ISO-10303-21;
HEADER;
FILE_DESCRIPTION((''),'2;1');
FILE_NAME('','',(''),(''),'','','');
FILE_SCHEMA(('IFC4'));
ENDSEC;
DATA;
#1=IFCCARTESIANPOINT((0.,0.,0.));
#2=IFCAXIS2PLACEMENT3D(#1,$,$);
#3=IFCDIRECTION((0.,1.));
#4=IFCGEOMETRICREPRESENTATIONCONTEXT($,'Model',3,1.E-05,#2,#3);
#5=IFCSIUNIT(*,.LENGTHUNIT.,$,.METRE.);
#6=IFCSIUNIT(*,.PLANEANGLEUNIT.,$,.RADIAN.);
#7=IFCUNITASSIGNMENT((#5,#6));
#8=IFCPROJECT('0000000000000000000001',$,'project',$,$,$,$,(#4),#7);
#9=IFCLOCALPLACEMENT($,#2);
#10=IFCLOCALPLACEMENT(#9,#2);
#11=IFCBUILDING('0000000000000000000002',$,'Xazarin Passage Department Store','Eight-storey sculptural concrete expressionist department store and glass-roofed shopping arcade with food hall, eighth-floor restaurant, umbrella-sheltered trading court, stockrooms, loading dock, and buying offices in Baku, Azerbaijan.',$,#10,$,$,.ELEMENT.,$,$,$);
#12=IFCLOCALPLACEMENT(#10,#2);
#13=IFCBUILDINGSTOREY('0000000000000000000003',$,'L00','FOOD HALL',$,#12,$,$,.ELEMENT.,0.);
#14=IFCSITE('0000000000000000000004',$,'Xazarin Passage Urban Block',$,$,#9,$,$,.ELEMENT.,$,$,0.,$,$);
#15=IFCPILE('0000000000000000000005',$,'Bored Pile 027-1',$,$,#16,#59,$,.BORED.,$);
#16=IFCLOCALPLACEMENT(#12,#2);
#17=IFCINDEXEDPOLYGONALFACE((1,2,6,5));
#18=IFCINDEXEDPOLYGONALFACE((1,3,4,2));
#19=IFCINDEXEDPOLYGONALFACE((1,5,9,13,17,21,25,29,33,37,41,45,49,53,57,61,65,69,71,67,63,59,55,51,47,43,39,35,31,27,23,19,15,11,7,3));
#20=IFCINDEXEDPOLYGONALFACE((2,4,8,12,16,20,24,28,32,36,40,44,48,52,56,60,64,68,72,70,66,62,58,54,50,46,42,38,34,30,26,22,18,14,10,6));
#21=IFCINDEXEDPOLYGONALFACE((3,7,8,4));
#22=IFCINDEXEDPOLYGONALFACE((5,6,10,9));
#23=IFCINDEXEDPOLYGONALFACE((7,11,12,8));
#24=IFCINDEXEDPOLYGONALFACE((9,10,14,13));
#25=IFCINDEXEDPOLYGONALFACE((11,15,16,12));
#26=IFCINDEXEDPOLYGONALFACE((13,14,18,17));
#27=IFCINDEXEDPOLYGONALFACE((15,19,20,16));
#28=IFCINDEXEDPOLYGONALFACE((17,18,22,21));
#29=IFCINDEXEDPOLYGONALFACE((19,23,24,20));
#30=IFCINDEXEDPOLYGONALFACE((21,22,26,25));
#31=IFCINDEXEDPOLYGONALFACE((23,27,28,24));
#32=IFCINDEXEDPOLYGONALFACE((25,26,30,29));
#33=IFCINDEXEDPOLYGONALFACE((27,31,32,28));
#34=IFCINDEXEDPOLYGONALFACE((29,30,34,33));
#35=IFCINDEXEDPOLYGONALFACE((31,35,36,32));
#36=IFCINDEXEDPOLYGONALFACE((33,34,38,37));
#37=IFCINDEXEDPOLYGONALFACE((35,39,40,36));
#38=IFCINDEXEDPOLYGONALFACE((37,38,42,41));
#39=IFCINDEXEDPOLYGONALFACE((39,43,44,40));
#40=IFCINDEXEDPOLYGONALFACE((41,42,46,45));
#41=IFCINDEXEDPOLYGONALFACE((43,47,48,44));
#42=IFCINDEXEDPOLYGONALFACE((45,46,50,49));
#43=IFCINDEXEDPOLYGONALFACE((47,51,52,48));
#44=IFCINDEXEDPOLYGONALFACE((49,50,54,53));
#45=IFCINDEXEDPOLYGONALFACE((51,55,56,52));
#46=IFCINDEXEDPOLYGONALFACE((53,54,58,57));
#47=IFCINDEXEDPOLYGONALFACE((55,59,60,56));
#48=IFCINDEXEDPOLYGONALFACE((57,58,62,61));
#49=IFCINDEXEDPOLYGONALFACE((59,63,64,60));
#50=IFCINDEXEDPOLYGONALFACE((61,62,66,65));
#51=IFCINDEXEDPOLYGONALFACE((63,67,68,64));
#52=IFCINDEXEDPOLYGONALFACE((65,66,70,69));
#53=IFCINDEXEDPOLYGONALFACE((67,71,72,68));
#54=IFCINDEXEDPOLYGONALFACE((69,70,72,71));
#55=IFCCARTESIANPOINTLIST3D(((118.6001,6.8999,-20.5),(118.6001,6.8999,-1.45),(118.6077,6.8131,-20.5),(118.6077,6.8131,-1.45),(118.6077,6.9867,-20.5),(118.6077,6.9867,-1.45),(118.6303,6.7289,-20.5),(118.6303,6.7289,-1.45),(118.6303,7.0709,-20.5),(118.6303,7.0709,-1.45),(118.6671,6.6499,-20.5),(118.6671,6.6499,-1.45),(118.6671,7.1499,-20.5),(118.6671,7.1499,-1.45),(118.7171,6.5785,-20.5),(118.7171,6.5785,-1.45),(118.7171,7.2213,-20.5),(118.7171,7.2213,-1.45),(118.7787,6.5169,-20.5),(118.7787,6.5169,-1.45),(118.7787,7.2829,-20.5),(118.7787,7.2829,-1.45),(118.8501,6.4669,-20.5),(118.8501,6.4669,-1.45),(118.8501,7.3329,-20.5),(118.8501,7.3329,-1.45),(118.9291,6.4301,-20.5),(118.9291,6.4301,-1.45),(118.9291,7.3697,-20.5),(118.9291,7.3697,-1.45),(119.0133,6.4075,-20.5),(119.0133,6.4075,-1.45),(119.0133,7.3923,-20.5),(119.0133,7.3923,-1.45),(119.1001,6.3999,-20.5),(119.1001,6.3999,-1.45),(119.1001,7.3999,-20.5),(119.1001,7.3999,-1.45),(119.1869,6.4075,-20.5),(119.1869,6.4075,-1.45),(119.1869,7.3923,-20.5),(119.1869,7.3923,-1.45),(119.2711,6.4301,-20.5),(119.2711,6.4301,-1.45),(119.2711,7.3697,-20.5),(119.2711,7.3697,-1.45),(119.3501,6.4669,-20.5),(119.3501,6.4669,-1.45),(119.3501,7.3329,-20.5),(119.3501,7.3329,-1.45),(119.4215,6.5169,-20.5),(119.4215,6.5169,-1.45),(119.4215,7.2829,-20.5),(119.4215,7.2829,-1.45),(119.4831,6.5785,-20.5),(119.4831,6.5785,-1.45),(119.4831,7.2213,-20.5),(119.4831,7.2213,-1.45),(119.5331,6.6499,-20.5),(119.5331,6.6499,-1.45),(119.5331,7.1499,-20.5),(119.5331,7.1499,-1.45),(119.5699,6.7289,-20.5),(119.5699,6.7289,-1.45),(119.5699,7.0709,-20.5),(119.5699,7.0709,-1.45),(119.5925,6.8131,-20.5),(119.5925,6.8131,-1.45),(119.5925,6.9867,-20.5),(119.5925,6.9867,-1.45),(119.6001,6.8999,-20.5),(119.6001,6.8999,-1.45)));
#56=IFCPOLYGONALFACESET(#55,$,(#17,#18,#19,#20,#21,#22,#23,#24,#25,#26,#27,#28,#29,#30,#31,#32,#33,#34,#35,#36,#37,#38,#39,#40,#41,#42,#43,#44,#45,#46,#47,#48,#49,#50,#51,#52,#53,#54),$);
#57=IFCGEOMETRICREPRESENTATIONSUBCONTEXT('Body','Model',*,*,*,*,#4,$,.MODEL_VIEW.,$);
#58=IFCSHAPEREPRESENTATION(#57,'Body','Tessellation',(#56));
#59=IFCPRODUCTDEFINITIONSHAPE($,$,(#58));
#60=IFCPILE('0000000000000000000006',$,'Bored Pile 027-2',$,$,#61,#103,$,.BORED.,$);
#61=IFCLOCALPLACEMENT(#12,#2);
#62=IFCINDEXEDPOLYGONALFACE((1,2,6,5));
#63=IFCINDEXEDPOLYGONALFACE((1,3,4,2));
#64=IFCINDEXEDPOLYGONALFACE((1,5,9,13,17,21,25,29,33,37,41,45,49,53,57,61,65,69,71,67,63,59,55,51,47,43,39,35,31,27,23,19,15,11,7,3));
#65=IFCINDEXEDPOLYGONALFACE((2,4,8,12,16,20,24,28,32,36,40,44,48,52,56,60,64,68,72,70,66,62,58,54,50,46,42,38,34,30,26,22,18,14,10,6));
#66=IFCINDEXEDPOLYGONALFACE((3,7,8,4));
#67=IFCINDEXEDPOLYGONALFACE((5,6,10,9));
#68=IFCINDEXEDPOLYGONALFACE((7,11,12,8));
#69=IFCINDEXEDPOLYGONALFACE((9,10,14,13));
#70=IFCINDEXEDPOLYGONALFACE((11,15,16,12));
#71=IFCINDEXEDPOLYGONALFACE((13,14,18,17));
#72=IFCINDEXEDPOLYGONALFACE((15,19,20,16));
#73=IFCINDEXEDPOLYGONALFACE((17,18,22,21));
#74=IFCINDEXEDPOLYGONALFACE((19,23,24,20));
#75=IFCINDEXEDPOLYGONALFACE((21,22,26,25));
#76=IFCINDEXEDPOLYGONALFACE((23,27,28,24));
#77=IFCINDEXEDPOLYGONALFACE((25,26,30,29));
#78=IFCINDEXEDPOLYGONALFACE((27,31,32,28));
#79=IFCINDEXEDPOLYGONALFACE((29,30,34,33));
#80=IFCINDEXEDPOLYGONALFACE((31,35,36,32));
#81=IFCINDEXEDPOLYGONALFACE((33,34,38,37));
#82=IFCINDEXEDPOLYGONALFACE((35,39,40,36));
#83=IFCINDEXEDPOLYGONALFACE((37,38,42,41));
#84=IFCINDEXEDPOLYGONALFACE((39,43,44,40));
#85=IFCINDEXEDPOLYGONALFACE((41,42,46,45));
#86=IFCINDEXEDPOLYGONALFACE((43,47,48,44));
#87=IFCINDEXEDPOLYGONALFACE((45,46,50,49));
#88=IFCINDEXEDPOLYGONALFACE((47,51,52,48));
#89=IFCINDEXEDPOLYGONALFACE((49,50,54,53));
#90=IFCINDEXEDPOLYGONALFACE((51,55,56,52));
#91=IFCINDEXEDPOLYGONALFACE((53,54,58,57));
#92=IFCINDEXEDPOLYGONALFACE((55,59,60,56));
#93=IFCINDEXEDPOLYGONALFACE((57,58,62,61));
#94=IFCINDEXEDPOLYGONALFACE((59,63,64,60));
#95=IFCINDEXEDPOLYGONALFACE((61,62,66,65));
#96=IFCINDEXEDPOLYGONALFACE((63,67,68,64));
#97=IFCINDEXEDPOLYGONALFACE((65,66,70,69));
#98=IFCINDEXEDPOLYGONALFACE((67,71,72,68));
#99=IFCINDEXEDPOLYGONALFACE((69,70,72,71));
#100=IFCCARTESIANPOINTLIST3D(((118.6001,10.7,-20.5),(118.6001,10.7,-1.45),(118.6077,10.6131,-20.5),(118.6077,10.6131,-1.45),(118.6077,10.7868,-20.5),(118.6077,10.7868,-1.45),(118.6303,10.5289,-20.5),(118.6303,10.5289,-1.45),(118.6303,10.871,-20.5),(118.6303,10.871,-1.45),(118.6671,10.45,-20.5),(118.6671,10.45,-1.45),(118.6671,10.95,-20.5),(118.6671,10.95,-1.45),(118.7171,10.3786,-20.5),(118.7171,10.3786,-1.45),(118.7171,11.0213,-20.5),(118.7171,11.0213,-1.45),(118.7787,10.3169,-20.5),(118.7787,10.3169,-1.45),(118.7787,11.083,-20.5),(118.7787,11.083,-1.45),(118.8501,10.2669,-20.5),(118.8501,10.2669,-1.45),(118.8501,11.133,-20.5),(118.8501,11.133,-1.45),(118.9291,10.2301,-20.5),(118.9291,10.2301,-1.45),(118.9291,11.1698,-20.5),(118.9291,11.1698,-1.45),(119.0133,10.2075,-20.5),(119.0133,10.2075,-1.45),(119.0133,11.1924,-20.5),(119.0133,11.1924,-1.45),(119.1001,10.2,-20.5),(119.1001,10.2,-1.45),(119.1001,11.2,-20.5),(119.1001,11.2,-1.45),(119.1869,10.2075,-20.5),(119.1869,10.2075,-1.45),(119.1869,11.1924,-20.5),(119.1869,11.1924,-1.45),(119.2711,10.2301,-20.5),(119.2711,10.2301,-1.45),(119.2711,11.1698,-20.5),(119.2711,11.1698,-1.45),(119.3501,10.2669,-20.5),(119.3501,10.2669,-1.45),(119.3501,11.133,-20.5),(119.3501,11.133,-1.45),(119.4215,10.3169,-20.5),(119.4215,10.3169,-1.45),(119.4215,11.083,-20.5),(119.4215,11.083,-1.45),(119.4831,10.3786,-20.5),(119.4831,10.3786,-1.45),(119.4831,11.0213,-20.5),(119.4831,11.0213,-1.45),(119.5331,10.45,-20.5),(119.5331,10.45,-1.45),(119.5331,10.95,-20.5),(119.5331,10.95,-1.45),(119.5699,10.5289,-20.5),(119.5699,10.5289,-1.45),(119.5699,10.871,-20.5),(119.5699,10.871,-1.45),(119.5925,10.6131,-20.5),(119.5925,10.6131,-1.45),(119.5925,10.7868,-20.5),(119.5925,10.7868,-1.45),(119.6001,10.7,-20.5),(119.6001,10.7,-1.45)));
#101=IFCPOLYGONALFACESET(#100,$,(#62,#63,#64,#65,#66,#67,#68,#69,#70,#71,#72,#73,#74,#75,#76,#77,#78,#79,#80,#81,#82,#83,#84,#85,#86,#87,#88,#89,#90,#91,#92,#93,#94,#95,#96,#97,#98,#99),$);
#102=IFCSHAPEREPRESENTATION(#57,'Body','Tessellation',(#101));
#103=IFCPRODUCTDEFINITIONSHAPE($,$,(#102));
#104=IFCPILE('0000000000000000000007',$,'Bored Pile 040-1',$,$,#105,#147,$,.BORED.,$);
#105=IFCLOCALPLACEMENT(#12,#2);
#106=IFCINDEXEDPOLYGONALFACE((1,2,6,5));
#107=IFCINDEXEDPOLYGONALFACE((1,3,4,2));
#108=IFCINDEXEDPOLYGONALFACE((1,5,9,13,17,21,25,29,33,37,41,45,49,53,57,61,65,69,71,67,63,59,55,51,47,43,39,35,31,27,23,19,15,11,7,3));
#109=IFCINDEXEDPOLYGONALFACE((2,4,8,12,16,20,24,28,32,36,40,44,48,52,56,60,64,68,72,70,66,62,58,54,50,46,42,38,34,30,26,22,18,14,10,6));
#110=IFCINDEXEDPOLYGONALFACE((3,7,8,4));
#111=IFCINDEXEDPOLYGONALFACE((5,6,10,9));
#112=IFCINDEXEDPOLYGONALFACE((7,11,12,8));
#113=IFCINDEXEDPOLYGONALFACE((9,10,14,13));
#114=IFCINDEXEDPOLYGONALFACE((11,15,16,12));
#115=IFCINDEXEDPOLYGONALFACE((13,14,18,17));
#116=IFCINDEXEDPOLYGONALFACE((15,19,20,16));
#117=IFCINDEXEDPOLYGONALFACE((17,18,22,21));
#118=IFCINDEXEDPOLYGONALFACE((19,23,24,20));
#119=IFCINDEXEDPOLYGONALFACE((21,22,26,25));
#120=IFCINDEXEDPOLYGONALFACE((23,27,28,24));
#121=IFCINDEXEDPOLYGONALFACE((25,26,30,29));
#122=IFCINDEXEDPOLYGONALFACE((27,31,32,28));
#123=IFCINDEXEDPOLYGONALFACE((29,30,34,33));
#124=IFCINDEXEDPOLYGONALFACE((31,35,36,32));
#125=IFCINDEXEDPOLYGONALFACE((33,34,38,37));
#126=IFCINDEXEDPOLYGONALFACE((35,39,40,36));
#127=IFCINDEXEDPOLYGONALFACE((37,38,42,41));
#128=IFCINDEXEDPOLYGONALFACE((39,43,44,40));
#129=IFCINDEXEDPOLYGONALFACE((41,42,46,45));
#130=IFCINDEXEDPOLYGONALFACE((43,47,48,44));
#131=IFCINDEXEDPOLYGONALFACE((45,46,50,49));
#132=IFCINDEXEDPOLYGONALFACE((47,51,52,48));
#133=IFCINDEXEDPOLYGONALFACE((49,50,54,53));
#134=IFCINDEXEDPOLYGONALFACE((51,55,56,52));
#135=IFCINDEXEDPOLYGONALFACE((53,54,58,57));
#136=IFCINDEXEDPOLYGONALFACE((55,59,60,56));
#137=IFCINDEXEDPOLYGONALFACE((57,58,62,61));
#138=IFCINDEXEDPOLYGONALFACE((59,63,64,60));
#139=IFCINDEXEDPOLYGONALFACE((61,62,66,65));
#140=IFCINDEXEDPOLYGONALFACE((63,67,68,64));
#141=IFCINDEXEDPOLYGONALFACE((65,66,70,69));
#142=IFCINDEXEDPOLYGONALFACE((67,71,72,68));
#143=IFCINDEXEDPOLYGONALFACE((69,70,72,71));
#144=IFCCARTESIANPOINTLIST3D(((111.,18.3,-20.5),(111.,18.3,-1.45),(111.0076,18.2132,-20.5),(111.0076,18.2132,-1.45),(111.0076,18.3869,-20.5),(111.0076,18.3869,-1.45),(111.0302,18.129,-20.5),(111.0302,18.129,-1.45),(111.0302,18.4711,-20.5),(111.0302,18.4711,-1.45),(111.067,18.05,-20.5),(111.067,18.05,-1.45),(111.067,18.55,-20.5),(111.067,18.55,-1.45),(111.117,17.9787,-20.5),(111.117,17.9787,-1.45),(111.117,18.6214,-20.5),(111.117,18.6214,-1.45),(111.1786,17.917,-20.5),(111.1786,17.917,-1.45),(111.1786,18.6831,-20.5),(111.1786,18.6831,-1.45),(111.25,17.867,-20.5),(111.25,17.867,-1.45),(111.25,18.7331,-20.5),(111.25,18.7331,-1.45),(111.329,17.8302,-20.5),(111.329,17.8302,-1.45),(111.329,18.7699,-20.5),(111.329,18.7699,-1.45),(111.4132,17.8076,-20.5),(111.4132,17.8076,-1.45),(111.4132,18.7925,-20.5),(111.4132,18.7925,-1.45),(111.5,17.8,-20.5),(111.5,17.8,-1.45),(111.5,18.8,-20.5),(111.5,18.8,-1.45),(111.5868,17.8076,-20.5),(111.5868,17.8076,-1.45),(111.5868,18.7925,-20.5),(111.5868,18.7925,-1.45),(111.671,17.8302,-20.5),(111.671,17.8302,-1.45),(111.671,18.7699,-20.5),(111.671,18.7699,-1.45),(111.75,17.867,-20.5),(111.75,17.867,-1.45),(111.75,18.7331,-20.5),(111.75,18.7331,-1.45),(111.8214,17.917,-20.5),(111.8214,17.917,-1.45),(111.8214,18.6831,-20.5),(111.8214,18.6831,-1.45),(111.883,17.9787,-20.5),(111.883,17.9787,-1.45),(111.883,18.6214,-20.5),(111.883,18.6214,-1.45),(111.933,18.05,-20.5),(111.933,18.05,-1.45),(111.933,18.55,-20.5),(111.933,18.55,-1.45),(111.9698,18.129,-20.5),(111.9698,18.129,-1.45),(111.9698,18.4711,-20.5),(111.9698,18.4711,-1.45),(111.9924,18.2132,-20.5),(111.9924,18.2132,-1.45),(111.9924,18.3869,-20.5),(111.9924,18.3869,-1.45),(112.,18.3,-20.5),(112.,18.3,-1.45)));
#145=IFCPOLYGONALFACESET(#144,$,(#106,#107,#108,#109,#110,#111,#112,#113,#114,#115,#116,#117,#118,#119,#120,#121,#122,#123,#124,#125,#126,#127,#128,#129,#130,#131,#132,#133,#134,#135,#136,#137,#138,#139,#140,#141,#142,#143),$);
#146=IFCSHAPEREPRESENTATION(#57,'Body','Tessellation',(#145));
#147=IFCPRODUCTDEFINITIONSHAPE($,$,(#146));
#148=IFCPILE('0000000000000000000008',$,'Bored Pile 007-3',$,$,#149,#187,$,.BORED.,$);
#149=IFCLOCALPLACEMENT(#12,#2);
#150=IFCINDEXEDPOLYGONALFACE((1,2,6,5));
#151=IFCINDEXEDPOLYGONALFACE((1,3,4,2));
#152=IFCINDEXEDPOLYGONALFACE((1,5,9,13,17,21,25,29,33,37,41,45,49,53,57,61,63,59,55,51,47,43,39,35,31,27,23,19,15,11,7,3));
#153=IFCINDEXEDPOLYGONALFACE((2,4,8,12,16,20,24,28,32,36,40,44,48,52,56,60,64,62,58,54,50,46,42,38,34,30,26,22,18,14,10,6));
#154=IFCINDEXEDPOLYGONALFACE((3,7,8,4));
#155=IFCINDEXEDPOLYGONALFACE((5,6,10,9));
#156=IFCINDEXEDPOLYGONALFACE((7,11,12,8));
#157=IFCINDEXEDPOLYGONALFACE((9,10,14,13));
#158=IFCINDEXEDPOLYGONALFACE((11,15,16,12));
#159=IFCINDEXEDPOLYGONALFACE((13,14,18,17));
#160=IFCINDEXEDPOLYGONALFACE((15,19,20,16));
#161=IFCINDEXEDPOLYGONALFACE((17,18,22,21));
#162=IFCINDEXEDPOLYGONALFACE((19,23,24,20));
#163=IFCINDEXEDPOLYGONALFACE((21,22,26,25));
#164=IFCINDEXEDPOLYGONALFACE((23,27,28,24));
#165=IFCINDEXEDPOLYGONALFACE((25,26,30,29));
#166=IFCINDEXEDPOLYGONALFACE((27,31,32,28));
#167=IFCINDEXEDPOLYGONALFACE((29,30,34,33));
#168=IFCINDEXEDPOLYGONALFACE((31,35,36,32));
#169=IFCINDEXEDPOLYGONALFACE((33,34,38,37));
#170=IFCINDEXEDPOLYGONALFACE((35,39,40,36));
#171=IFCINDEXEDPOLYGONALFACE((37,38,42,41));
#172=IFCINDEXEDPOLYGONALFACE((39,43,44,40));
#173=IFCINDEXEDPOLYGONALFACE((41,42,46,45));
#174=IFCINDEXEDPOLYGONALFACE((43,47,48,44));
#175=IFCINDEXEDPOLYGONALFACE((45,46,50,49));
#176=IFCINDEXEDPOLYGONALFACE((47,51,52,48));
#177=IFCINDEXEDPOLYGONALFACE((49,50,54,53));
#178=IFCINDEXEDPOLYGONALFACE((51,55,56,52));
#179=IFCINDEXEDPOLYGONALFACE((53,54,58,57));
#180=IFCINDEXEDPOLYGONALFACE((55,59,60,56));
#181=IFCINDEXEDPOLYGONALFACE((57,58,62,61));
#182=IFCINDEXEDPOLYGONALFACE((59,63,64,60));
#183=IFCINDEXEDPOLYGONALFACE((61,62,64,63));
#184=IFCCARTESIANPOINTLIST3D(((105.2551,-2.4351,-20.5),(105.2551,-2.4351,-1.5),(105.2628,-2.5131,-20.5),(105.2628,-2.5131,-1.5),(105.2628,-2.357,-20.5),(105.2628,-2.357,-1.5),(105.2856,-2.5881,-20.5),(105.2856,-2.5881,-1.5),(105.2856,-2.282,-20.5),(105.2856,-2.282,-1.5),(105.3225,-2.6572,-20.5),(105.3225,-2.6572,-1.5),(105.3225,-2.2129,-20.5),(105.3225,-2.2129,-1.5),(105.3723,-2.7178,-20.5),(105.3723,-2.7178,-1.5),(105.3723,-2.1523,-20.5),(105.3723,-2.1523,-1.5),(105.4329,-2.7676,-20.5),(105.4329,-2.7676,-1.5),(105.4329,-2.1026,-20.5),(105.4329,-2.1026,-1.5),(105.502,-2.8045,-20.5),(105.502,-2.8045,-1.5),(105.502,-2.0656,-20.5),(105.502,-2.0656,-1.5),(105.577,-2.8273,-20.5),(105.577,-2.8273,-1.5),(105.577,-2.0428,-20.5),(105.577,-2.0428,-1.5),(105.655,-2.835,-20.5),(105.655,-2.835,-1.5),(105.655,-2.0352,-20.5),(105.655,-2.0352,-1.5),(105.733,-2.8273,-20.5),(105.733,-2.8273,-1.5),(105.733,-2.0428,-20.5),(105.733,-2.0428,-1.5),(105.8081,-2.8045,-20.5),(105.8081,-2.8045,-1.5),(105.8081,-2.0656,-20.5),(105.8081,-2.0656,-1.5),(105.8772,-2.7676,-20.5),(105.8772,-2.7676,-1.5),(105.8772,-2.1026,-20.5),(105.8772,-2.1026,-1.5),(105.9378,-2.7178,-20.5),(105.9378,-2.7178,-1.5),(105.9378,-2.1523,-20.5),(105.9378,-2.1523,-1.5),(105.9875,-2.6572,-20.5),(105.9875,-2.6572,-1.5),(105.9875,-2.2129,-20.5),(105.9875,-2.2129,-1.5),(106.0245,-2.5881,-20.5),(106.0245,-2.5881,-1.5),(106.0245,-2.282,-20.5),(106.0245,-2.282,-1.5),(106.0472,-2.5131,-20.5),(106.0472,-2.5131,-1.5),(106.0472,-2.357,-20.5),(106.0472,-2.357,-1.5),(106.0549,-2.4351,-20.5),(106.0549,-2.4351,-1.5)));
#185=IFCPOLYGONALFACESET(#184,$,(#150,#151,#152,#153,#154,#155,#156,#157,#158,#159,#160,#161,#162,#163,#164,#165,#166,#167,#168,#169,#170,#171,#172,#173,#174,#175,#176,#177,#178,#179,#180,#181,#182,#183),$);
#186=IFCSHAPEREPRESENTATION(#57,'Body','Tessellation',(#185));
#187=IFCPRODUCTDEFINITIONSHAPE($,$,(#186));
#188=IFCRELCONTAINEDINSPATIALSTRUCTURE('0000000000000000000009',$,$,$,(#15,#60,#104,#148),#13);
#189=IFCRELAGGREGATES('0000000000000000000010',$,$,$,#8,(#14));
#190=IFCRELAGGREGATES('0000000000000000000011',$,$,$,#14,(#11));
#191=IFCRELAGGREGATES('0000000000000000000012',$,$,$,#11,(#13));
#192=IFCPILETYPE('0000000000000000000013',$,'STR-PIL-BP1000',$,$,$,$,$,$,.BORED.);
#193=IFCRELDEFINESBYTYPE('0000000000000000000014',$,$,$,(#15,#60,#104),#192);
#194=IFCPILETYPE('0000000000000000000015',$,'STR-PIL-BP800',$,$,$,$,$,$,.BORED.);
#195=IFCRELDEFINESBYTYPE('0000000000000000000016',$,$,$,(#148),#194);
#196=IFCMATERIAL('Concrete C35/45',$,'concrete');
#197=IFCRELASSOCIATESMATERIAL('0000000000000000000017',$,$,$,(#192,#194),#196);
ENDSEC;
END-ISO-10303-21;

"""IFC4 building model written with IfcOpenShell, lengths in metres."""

from ifc_helpers import new_model, si_unit, direction, frame, origin, origin_2d, place, context, subcontext, project, spatial, circle, extrude, material, material_profile, profile_set, type_object, element, save


model = new_model("IFC4")

# Units and contexts
model_context = context("Model", 3, precision=1e-05, world=origin(), true_north=direction((0.0, 1.0)))
body_context = subcontext(model_context, "Body", "Model", "MODEL_VIEW")
ifc_project = project(units=[si_unit("LENGTHUNIT", "METRE"), si_unit("PLANEANGLEUNIT", "RADIAN")], contexts=[model_context])

# Site, building, storey
site_placement = place(None, origin())
site = spatial("IfcSite", under=ifc_project, at=site_placement, Name="Xazarin Passage Urban Block", CompositionType="ELEMENT", RefElevation=0.0)
building_placement = place(site_placement, origin())
building = spatial("IfcBuilding", under=site, at=building_placement, Name="Xazarin Passage Department Store", Description="Eight-storey sculptural concrete expressionist department store and glass-roofed shopping arcade with food hall, eighth-floor restaurant, umbrella-sheltered trading court, stockrooms, loading dock, and buying offices in Baku, Azerbaijan.", CompositionType="ELEMENT")
storey_placement = place(building_placement, origin())
storey = spatial("IfcBuildingStorey", under=building, at=storey_placement, Name="L00", Description="FOOD HALL", CompositionType="ELEMENT", Elevation=0.0)

# Shared definitions
ifc_material_1 = material(Name="Concrete C35/45", Category="concrete")

# Piles
ifc_material_profile_1 = material_profile(ifc_material_1, circle(Radius=0.5, at=origin_2d()), Name="BP 1000")
ifc_profile_set_1 = profile_set([ifc_material_profile_1], Name="Concrete C35/45")
pile_type_1 = type_object("IfcPileType", Name="STR-PIL-BP1000", PredefinedType="BORED", material=ifc_profile_set_1)
for number, where, z_axis, x_axis, name in (
    (1, (119.1001, 6.8999, -1.45), (0.0, 0.0, -1.0), (1.0, 0.0, 0.0), "Bored Pile 027-1"),
    (2, (119.1001, 10.7, -1.45), (0.0, 0.0, -1.0), (1.0, 0.0, 0.0), "Bored Pile 027-2"),
    (3, (111.5, 18.3, -1.45), (0.0, 0.0, -1.0), (1.0, 0.0, 0.0), "Bored Pile 040-1"),
):
    element("IfcPile", number, at=place(storey_placement, frame(where, z_axis=z_axis, x_axis=x_axis)), inside=storey, type_object=pile_type_1, Name=name, PredefinedType="BORED", context=body_context, shape_type="SweptSolid", body=[
        extrude(circle(Radius=0.5, at=origin_2d()), origin(), (0.0, 0.0, 1.0), 19.05),
    ])
ifc_material_profile_2 = material_profile(ifc_material_1, circle(Radius=0.3999, at=origin_2d()), Name="BP 800")
ifc_profile_set_2 = profile_set([ifc_material_profile_2], Name="Concrete C35/45")
pile_type_2 = type_object("IfcPileType", Name="STR-PIL-BP800", PredefinedType="BORED", material=ifc_profile_set_2)
pile_placement = place(storey_placement, frame((105.655, -2.4351, -1.5), z_axis=(0.0, 0.0, -1.0), x_axis=(1.0, 0.0, 0.0)))
element("IfcPile", 4, at=pile_placement, inside=storey, type_object=pile_type_2, Name="Bored Pile 007-3", PredefinedType="BORED", context=body_context, shape_type="SweptSolid", body=[
    extrude(circle(Radius=0.3999, at=origin_2d()), origin(), (0.0, 0.0, 1.0), 19.0),
])

save(model, "model.ifc")
